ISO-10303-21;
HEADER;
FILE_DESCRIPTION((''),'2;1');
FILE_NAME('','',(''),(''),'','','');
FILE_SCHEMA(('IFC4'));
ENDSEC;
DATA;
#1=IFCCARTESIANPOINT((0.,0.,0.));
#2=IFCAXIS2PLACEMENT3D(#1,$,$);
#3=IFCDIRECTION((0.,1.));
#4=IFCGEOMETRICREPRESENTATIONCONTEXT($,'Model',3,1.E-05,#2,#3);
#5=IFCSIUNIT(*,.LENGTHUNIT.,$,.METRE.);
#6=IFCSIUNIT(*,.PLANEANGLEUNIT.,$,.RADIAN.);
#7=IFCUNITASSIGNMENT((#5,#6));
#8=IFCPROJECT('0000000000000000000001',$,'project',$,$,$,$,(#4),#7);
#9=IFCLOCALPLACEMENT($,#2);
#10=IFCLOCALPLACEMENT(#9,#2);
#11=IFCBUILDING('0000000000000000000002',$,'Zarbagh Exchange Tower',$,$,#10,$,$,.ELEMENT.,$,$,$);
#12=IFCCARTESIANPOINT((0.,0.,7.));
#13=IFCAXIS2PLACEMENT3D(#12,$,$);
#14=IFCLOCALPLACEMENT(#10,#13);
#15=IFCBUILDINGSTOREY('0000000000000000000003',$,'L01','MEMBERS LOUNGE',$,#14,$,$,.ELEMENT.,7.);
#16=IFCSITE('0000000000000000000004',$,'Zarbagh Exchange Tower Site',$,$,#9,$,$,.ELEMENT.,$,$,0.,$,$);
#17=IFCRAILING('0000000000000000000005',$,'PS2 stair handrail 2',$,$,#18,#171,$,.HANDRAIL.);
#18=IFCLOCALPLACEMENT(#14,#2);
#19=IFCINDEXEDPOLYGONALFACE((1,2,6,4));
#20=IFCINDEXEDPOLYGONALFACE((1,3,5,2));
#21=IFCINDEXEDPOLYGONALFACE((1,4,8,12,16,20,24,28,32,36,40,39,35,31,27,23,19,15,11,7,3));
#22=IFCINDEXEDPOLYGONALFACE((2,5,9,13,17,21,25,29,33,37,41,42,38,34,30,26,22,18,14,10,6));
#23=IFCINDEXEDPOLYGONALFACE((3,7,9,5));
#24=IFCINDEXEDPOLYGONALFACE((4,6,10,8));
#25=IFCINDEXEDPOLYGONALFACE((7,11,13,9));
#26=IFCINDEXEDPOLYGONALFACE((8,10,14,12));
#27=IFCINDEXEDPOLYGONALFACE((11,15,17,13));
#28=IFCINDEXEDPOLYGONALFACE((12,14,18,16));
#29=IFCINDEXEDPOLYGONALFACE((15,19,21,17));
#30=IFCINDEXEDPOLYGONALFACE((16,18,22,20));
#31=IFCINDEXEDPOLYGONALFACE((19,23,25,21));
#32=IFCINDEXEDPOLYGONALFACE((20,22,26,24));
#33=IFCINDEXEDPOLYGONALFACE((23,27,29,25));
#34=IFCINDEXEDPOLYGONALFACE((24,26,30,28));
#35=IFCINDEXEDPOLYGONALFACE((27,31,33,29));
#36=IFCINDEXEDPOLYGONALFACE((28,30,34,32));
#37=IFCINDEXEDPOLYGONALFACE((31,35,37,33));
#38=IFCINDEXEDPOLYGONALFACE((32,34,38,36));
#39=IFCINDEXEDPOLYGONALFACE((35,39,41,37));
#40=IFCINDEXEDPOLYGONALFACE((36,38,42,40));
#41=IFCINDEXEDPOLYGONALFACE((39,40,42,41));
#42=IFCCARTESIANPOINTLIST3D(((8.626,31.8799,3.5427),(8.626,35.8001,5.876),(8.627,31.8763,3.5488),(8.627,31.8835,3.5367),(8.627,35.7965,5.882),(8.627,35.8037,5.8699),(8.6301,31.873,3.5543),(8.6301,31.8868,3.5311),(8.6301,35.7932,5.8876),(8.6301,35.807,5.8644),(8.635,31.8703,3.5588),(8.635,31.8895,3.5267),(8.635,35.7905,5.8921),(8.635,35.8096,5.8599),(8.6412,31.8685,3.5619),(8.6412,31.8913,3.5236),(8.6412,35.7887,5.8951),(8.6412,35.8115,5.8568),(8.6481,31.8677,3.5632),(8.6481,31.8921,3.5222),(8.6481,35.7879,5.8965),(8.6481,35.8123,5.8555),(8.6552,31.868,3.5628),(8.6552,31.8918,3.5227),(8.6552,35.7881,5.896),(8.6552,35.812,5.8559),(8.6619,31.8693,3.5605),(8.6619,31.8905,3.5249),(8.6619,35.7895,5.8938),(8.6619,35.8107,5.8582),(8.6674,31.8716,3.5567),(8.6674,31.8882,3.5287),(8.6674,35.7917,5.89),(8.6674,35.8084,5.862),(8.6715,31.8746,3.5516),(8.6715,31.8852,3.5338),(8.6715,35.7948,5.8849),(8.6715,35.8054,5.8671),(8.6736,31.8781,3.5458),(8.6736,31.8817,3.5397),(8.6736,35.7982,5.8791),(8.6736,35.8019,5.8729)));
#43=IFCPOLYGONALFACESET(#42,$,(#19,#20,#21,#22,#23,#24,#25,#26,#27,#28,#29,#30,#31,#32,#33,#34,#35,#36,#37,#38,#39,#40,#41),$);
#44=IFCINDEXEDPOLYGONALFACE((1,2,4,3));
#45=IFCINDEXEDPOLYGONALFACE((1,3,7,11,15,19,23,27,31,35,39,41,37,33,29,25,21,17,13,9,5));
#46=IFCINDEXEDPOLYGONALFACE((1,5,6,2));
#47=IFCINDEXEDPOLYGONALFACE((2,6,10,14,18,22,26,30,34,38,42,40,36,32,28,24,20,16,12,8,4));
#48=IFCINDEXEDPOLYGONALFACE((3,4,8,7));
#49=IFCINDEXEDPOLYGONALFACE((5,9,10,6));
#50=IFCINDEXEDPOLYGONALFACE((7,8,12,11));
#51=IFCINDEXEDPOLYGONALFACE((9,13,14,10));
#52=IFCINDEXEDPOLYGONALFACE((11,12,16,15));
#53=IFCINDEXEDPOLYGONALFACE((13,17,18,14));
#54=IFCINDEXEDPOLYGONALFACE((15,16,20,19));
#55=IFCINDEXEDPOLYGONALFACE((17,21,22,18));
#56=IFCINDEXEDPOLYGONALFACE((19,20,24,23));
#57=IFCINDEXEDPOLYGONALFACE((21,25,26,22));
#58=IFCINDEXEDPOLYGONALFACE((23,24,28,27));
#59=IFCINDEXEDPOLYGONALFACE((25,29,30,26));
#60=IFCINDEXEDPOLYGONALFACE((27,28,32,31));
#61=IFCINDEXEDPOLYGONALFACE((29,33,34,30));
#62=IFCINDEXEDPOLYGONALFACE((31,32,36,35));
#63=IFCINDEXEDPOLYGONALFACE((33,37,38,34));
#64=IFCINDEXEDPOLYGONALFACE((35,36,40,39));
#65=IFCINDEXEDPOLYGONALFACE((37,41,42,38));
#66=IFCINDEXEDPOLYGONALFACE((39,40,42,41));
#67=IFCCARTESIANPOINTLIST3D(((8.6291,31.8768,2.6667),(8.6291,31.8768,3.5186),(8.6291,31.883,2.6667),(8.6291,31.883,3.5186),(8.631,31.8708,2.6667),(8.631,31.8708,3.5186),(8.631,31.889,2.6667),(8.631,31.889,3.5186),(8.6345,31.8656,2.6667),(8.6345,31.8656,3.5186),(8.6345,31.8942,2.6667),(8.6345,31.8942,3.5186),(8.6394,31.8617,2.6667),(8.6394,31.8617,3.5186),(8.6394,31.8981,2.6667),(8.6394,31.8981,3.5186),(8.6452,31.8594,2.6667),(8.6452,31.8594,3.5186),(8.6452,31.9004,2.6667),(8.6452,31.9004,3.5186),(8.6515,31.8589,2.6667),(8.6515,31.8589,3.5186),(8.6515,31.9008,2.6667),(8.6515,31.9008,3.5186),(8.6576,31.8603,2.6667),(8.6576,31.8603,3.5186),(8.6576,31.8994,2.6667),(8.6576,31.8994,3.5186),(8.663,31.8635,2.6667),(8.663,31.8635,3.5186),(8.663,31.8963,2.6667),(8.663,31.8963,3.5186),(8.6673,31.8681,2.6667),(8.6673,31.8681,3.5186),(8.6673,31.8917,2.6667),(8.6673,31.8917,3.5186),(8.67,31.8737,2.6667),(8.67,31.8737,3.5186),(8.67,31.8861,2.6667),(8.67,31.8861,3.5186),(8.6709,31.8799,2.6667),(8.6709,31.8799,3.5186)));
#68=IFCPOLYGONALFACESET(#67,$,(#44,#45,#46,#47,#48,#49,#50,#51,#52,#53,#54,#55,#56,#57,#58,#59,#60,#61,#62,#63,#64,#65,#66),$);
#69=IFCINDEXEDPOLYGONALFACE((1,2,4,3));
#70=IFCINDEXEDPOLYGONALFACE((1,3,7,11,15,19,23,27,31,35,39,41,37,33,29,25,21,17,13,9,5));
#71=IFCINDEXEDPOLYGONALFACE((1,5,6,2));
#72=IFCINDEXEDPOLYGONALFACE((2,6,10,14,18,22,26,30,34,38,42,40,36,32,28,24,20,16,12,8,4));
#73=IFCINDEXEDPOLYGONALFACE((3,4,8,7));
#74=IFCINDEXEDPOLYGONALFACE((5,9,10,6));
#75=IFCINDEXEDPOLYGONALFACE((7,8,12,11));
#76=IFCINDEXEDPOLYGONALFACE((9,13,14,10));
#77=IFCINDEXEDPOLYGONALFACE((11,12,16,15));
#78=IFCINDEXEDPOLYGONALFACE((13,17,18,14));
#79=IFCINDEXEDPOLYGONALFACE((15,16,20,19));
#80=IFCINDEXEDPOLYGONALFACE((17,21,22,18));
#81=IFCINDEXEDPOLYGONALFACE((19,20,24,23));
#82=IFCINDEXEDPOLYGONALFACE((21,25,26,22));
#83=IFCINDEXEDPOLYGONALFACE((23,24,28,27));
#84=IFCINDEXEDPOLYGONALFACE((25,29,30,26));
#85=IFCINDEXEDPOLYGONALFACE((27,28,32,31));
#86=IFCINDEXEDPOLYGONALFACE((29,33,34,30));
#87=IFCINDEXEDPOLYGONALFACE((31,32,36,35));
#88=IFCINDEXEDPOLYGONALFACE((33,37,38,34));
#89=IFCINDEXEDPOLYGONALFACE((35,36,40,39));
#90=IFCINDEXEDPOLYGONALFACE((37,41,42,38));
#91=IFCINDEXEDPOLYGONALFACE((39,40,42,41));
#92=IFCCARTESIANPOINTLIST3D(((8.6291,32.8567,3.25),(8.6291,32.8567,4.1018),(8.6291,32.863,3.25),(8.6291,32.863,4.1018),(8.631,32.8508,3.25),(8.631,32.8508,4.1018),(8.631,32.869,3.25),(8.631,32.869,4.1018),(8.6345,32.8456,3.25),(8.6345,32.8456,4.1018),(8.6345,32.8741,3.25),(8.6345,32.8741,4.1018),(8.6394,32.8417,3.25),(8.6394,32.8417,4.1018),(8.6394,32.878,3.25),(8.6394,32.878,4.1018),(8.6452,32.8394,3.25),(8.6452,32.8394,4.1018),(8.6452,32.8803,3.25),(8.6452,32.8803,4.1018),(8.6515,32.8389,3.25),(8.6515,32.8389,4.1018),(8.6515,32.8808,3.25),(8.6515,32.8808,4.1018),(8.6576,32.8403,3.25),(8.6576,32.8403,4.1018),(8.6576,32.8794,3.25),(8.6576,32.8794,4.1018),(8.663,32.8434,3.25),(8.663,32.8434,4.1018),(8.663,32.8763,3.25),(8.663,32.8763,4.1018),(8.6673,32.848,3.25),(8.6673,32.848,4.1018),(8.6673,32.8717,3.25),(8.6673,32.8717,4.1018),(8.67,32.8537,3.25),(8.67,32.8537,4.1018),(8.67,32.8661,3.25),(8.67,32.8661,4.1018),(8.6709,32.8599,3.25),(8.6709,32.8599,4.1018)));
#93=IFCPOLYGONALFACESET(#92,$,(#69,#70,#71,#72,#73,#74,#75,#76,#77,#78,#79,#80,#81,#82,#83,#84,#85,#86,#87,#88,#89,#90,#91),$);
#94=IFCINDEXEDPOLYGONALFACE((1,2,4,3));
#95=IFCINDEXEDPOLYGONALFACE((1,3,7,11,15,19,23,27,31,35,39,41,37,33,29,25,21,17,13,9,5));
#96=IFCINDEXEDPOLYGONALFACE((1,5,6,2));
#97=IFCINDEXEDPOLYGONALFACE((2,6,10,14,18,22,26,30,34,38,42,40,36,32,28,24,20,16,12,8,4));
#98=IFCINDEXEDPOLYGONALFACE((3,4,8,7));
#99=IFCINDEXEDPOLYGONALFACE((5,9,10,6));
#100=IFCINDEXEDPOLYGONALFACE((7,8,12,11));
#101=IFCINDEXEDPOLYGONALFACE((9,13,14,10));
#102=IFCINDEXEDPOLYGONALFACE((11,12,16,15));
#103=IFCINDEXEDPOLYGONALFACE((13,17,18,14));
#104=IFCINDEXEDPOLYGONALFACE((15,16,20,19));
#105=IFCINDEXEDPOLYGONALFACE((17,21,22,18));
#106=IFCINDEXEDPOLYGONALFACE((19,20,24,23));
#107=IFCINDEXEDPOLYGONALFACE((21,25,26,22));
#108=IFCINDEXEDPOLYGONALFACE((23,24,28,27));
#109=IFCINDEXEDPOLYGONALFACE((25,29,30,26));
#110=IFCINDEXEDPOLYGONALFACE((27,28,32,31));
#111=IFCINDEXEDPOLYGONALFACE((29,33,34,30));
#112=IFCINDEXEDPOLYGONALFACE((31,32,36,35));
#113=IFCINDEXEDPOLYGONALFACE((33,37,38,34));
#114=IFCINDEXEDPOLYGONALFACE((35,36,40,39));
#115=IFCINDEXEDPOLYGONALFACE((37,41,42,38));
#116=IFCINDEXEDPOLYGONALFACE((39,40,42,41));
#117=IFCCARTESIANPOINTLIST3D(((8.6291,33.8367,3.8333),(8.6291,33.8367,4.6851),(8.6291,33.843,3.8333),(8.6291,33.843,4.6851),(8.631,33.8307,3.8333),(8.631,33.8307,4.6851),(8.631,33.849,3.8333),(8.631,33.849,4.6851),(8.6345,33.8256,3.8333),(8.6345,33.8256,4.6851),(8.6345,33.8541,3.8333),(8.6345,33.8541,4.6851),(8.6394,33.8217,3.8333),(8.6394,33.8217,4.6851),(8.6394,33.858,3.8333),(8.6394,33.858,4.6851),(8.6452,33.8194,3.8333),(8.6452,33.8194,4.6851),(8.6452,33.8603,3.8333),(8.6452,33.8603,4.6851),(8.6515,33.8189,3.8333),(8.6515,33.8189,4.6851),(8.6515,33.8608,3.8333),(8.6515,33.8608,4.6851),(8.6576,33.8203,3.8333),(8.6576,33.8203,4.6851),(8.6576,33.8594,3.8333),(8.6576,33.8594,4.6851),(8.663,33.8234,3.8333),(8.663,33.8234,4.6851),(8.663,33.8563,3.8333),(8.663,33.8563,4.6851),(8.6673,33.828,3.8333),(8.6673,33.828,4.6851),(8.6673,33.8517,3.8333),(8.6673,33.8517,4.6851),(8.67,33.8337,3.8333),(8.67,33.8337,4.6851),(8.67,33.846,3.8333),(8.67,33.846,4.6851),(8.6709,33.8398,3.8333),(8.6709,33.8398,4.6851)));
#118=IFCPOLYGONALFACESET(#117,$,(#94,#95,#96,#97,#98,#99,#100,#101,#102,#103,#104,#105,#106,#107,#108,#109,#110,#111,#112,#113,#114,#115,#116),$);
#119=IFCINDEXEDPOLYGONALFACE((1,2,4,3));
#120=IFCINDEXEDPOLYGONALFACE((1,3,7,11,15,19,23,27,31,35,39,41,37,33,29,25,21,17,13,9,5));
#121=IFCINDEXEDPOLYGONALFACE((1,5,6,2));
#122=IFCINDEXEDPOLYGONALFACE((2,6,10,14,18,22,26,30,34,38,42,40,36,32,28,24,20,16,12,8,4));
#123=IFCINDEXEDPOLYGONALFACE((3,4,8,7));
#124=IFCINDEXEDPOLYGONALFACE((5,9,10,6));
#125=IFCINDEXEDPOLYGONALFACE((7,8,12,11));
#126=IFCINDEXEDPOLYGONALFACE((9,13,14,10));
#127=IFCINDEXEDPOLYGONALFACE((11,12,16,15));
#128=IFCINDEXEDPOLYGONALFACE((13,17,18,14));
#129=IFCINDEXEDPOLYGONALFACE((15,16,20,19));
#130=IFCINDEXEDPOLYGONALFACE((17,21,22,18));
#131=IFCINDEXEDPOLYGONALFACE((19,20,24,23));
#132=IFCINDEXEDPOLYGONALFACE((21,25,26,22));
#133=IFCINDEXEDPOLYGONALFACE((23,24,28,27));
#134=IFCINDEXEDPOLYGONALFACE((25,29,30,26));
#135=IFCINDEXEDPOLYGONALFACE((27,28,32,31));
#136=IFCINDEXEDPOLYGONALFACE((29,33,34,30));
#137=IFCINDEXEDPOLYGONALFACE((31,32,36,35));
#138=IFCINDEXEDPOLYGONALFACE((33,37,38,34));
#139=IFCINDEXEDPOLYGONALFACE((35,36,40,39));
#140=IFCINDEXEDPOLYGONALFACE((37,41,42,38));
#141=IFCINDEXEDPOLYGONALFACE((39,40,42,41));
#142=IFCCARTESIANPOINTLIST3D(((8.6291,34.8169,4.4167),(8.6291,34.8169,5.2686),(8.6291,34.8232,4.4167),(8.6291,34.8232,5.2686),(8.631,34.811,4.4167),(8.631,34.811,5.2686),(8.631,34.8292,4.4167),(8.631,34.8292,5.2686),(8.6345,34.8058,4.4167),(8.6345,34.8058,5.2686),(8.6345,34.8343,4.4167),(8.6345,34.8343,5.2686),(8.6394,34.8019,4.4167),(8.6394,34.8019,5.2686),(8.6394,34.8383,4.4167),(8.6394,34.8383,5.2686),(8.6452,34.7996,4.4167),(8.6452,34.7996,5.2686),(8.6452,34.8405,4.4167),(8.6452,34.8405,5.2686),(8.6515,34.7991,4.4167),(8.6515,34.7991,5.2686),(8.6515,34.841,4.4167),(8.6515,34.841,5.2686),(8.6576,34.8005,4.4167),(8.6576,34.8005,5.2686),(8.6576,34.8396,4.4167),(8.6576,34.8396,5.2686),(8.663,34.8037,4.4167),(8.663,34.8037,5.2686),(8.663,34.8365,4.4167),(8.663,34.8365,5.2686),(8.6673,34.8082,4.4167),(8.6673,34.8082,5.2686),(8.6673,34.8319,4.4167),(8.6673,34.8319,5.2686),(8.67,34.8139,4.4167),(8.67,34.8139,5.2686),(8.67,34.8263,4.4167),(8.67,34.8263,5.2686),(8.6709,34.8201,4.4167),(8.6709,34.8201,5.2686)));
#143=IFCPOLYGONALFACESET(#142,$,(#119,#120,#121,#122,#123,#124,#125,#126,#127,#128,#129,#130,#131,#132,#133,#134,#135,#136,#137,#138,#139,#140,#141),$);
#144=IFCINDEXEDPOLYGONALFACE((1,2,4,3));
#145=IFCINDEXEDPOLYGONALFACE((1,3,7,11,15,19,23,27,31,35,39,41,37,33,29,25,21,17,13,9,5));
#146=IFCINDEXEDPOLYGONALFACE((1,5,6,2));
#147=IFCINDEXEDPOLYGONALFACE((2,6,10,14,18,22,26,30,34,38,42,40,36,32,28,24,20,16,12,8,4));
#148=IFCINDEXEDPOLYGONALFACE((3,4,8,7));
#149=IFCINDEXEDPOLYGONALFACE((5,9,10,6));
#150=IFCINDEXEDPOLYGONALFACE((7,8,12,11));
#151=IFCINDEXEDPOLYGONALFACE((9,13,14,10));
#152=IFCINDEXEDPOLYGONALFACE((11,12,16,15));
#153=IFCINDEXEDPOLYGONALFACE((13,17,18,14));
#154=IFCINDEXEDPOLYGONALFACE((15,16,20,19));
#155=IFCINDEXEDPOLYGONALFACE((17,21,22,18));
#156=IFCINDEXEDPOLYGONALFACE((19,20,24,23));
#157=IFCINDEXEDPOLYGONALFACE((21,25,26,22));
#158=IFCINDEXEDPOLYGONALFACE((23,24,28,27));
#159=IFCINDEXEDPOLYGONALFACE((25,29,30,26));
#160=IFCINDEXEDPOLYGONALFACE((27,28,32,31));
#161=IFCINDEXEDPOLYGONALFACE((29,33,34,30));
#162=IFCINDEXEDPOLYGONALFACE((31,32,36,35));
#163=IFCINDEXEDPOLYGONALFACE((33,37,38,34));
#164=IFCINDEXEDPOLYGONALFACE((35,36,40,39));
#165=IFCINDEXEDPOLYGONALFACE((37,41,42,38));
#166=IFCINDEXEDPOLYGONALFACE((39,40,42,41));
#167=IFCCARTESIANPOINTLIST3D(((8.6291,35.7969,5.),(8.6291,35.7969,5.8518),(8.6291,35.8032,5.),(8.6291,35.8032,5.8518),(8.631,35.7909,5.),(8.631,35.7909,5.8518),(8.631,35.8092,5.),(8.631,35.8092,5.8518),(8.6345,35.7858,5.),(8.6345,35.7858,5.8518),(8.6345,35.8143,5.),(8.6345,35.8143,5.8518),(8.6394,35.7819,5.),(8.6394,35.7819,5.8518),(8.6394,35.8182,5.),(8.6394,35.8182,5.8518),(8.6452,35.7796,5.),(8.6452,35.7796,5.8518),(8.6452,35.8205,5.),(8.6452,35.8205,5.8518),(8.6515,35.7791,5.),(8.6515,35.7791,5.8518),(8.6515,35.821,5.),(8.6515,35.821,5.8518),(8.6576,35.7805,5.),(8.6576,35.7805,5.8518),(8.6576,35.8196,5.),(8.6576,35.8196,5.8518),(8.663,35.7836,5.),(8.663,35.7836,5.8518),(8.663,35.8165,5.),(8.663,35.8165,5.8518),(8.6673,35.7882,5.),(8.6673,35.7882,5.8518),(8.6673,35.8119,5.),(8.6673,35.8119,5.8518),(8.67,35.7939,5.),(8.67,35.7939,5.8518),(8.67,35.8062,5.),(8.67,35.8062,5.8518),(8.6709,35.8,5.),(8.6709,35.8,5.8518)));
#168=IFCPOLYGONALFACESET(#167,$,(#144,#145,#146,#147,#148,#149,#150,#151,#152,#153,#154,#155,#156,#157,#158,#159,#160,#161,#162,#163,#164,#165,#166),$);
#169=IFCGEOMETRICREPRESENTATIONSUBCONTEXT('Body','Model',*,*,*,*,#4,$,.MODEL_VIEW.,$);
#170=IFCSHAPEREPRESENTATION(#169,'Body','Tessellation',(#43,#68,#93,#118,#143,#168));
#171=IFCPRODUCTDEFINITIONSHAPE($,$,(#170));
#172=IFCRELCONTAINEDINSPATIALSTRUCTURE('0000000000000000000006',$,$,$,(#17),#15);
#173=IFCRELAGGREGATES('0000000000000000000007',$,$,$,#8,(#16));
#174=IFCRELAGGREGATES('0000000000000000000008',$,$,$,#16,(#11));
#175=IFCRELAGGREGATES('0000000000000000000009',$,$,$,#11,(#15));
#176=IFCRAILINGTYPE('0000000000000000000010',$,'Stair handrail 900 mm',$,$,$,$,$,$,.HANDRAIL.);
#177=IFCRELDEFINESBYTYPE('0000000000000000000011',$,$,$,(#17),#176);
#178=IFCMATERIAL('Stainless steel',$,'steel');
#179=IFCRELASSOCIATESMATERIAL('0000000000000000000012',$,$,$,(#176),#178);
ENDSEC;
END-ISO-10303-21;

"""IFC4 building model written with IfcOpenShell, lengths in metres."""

from ifc_helpers import new_model, si_unit, direction, frame, origin, origin_2d, place, context, subcontext, project, spatial, circle, extrude, material, type_object, element, save


model = new_model("IFC4")

# Units and contexts
model_context = context("Model", 3, precision=1e-05, world=origin(), true_north=direction((0.0, 1.0)))
body_context = subcontext(model_context, "Body", "Model", "MODEL_VIEW")
ifc_project = project(units=[si_unit("LENGTHUNIT", "METRE"), si_unit("PLANEANGLEUNIT", "RADIAN")], contexts=[model_context])

# Site, building, storey
site_placement = place(None, origin())
site = spatial("IfcSite", under=ifc_project, at=site_placement, Name="Zarbagh Exchange Tower Site", CompositionType="ELEMENT", RefElevation=0.0)
building_placement = place(site_placement, origin())
building = spatial("IfcBuilding", under=site, at=building_placement, Name="Zarbagh Exchange Tower", CompositionType="ELEMENT")
storey_placement = place(building_placement, frame((0.0, 0.0, 7.0)))
storey = spatial("IfcBuildingStorey", under=building, at=storey_placement, Name="L01", Description="MEMBERS LOUNGE", CompositionType="ELEMENT", Elevation=7.0)

# Railing
ifc_material_1 = material(Name="Stainless steel", Category="steel")
railing_type_1 = type_object("IfcRailingType", Name="Stair handrail 900 mm", PredefinedType="HANDRAIL", material=ifc_material_1)
railing_1_placement = place(storey_placement, frame((8.6499, 31.8799, 2.6667)))
element("IfcRailing", 1, at=railing_1_placement, inside=storey, type_object=railing_type_1, Name="PS2 stair handrail 2", PredefinedType="HANDRAIL", context=body_context, shape_type="SweptSolid", body=[
    extrude(circle(Radius=0.0239, at=origin_2d()), frame((0.0, 0.0, 0.876), z_axis=(0.0, 0.85931, 0.511455), x_axis=(-1.0, 0.0, 0.0)), (0.0, 0.0, 1.0), 4.562),
    extrude(circle(Radius=0.021, at=origin_2d()), origin(), (0.0, 0.0, 1.0), 0.8518),
    extrude(circle(Radius=0.021, at=origin_2d()), frame((0.0, 0.98, 0.5833)), (0.0, 0.0, 1.0), 0.8518),
    extrude(circle(Radius=0.021, at=origin_2d()), frame((0.0, 1.96, 1.1665)), (0.0, 0.0, 1.0), 0.8518),
    extrude(circle(Radius=0.021, at=origin_2d()), frame((0.0, 2.9402, 1.75)), (0.0, 0.0, 1.0), 0.8518),
    extrude(circle(Radius=0.021, at=origin_2d()), frame((0.0, 3.9202, 2.3333)), (0.0, 0.0, 1.0), 0.8518),
])

save(model, "model.ifc")
